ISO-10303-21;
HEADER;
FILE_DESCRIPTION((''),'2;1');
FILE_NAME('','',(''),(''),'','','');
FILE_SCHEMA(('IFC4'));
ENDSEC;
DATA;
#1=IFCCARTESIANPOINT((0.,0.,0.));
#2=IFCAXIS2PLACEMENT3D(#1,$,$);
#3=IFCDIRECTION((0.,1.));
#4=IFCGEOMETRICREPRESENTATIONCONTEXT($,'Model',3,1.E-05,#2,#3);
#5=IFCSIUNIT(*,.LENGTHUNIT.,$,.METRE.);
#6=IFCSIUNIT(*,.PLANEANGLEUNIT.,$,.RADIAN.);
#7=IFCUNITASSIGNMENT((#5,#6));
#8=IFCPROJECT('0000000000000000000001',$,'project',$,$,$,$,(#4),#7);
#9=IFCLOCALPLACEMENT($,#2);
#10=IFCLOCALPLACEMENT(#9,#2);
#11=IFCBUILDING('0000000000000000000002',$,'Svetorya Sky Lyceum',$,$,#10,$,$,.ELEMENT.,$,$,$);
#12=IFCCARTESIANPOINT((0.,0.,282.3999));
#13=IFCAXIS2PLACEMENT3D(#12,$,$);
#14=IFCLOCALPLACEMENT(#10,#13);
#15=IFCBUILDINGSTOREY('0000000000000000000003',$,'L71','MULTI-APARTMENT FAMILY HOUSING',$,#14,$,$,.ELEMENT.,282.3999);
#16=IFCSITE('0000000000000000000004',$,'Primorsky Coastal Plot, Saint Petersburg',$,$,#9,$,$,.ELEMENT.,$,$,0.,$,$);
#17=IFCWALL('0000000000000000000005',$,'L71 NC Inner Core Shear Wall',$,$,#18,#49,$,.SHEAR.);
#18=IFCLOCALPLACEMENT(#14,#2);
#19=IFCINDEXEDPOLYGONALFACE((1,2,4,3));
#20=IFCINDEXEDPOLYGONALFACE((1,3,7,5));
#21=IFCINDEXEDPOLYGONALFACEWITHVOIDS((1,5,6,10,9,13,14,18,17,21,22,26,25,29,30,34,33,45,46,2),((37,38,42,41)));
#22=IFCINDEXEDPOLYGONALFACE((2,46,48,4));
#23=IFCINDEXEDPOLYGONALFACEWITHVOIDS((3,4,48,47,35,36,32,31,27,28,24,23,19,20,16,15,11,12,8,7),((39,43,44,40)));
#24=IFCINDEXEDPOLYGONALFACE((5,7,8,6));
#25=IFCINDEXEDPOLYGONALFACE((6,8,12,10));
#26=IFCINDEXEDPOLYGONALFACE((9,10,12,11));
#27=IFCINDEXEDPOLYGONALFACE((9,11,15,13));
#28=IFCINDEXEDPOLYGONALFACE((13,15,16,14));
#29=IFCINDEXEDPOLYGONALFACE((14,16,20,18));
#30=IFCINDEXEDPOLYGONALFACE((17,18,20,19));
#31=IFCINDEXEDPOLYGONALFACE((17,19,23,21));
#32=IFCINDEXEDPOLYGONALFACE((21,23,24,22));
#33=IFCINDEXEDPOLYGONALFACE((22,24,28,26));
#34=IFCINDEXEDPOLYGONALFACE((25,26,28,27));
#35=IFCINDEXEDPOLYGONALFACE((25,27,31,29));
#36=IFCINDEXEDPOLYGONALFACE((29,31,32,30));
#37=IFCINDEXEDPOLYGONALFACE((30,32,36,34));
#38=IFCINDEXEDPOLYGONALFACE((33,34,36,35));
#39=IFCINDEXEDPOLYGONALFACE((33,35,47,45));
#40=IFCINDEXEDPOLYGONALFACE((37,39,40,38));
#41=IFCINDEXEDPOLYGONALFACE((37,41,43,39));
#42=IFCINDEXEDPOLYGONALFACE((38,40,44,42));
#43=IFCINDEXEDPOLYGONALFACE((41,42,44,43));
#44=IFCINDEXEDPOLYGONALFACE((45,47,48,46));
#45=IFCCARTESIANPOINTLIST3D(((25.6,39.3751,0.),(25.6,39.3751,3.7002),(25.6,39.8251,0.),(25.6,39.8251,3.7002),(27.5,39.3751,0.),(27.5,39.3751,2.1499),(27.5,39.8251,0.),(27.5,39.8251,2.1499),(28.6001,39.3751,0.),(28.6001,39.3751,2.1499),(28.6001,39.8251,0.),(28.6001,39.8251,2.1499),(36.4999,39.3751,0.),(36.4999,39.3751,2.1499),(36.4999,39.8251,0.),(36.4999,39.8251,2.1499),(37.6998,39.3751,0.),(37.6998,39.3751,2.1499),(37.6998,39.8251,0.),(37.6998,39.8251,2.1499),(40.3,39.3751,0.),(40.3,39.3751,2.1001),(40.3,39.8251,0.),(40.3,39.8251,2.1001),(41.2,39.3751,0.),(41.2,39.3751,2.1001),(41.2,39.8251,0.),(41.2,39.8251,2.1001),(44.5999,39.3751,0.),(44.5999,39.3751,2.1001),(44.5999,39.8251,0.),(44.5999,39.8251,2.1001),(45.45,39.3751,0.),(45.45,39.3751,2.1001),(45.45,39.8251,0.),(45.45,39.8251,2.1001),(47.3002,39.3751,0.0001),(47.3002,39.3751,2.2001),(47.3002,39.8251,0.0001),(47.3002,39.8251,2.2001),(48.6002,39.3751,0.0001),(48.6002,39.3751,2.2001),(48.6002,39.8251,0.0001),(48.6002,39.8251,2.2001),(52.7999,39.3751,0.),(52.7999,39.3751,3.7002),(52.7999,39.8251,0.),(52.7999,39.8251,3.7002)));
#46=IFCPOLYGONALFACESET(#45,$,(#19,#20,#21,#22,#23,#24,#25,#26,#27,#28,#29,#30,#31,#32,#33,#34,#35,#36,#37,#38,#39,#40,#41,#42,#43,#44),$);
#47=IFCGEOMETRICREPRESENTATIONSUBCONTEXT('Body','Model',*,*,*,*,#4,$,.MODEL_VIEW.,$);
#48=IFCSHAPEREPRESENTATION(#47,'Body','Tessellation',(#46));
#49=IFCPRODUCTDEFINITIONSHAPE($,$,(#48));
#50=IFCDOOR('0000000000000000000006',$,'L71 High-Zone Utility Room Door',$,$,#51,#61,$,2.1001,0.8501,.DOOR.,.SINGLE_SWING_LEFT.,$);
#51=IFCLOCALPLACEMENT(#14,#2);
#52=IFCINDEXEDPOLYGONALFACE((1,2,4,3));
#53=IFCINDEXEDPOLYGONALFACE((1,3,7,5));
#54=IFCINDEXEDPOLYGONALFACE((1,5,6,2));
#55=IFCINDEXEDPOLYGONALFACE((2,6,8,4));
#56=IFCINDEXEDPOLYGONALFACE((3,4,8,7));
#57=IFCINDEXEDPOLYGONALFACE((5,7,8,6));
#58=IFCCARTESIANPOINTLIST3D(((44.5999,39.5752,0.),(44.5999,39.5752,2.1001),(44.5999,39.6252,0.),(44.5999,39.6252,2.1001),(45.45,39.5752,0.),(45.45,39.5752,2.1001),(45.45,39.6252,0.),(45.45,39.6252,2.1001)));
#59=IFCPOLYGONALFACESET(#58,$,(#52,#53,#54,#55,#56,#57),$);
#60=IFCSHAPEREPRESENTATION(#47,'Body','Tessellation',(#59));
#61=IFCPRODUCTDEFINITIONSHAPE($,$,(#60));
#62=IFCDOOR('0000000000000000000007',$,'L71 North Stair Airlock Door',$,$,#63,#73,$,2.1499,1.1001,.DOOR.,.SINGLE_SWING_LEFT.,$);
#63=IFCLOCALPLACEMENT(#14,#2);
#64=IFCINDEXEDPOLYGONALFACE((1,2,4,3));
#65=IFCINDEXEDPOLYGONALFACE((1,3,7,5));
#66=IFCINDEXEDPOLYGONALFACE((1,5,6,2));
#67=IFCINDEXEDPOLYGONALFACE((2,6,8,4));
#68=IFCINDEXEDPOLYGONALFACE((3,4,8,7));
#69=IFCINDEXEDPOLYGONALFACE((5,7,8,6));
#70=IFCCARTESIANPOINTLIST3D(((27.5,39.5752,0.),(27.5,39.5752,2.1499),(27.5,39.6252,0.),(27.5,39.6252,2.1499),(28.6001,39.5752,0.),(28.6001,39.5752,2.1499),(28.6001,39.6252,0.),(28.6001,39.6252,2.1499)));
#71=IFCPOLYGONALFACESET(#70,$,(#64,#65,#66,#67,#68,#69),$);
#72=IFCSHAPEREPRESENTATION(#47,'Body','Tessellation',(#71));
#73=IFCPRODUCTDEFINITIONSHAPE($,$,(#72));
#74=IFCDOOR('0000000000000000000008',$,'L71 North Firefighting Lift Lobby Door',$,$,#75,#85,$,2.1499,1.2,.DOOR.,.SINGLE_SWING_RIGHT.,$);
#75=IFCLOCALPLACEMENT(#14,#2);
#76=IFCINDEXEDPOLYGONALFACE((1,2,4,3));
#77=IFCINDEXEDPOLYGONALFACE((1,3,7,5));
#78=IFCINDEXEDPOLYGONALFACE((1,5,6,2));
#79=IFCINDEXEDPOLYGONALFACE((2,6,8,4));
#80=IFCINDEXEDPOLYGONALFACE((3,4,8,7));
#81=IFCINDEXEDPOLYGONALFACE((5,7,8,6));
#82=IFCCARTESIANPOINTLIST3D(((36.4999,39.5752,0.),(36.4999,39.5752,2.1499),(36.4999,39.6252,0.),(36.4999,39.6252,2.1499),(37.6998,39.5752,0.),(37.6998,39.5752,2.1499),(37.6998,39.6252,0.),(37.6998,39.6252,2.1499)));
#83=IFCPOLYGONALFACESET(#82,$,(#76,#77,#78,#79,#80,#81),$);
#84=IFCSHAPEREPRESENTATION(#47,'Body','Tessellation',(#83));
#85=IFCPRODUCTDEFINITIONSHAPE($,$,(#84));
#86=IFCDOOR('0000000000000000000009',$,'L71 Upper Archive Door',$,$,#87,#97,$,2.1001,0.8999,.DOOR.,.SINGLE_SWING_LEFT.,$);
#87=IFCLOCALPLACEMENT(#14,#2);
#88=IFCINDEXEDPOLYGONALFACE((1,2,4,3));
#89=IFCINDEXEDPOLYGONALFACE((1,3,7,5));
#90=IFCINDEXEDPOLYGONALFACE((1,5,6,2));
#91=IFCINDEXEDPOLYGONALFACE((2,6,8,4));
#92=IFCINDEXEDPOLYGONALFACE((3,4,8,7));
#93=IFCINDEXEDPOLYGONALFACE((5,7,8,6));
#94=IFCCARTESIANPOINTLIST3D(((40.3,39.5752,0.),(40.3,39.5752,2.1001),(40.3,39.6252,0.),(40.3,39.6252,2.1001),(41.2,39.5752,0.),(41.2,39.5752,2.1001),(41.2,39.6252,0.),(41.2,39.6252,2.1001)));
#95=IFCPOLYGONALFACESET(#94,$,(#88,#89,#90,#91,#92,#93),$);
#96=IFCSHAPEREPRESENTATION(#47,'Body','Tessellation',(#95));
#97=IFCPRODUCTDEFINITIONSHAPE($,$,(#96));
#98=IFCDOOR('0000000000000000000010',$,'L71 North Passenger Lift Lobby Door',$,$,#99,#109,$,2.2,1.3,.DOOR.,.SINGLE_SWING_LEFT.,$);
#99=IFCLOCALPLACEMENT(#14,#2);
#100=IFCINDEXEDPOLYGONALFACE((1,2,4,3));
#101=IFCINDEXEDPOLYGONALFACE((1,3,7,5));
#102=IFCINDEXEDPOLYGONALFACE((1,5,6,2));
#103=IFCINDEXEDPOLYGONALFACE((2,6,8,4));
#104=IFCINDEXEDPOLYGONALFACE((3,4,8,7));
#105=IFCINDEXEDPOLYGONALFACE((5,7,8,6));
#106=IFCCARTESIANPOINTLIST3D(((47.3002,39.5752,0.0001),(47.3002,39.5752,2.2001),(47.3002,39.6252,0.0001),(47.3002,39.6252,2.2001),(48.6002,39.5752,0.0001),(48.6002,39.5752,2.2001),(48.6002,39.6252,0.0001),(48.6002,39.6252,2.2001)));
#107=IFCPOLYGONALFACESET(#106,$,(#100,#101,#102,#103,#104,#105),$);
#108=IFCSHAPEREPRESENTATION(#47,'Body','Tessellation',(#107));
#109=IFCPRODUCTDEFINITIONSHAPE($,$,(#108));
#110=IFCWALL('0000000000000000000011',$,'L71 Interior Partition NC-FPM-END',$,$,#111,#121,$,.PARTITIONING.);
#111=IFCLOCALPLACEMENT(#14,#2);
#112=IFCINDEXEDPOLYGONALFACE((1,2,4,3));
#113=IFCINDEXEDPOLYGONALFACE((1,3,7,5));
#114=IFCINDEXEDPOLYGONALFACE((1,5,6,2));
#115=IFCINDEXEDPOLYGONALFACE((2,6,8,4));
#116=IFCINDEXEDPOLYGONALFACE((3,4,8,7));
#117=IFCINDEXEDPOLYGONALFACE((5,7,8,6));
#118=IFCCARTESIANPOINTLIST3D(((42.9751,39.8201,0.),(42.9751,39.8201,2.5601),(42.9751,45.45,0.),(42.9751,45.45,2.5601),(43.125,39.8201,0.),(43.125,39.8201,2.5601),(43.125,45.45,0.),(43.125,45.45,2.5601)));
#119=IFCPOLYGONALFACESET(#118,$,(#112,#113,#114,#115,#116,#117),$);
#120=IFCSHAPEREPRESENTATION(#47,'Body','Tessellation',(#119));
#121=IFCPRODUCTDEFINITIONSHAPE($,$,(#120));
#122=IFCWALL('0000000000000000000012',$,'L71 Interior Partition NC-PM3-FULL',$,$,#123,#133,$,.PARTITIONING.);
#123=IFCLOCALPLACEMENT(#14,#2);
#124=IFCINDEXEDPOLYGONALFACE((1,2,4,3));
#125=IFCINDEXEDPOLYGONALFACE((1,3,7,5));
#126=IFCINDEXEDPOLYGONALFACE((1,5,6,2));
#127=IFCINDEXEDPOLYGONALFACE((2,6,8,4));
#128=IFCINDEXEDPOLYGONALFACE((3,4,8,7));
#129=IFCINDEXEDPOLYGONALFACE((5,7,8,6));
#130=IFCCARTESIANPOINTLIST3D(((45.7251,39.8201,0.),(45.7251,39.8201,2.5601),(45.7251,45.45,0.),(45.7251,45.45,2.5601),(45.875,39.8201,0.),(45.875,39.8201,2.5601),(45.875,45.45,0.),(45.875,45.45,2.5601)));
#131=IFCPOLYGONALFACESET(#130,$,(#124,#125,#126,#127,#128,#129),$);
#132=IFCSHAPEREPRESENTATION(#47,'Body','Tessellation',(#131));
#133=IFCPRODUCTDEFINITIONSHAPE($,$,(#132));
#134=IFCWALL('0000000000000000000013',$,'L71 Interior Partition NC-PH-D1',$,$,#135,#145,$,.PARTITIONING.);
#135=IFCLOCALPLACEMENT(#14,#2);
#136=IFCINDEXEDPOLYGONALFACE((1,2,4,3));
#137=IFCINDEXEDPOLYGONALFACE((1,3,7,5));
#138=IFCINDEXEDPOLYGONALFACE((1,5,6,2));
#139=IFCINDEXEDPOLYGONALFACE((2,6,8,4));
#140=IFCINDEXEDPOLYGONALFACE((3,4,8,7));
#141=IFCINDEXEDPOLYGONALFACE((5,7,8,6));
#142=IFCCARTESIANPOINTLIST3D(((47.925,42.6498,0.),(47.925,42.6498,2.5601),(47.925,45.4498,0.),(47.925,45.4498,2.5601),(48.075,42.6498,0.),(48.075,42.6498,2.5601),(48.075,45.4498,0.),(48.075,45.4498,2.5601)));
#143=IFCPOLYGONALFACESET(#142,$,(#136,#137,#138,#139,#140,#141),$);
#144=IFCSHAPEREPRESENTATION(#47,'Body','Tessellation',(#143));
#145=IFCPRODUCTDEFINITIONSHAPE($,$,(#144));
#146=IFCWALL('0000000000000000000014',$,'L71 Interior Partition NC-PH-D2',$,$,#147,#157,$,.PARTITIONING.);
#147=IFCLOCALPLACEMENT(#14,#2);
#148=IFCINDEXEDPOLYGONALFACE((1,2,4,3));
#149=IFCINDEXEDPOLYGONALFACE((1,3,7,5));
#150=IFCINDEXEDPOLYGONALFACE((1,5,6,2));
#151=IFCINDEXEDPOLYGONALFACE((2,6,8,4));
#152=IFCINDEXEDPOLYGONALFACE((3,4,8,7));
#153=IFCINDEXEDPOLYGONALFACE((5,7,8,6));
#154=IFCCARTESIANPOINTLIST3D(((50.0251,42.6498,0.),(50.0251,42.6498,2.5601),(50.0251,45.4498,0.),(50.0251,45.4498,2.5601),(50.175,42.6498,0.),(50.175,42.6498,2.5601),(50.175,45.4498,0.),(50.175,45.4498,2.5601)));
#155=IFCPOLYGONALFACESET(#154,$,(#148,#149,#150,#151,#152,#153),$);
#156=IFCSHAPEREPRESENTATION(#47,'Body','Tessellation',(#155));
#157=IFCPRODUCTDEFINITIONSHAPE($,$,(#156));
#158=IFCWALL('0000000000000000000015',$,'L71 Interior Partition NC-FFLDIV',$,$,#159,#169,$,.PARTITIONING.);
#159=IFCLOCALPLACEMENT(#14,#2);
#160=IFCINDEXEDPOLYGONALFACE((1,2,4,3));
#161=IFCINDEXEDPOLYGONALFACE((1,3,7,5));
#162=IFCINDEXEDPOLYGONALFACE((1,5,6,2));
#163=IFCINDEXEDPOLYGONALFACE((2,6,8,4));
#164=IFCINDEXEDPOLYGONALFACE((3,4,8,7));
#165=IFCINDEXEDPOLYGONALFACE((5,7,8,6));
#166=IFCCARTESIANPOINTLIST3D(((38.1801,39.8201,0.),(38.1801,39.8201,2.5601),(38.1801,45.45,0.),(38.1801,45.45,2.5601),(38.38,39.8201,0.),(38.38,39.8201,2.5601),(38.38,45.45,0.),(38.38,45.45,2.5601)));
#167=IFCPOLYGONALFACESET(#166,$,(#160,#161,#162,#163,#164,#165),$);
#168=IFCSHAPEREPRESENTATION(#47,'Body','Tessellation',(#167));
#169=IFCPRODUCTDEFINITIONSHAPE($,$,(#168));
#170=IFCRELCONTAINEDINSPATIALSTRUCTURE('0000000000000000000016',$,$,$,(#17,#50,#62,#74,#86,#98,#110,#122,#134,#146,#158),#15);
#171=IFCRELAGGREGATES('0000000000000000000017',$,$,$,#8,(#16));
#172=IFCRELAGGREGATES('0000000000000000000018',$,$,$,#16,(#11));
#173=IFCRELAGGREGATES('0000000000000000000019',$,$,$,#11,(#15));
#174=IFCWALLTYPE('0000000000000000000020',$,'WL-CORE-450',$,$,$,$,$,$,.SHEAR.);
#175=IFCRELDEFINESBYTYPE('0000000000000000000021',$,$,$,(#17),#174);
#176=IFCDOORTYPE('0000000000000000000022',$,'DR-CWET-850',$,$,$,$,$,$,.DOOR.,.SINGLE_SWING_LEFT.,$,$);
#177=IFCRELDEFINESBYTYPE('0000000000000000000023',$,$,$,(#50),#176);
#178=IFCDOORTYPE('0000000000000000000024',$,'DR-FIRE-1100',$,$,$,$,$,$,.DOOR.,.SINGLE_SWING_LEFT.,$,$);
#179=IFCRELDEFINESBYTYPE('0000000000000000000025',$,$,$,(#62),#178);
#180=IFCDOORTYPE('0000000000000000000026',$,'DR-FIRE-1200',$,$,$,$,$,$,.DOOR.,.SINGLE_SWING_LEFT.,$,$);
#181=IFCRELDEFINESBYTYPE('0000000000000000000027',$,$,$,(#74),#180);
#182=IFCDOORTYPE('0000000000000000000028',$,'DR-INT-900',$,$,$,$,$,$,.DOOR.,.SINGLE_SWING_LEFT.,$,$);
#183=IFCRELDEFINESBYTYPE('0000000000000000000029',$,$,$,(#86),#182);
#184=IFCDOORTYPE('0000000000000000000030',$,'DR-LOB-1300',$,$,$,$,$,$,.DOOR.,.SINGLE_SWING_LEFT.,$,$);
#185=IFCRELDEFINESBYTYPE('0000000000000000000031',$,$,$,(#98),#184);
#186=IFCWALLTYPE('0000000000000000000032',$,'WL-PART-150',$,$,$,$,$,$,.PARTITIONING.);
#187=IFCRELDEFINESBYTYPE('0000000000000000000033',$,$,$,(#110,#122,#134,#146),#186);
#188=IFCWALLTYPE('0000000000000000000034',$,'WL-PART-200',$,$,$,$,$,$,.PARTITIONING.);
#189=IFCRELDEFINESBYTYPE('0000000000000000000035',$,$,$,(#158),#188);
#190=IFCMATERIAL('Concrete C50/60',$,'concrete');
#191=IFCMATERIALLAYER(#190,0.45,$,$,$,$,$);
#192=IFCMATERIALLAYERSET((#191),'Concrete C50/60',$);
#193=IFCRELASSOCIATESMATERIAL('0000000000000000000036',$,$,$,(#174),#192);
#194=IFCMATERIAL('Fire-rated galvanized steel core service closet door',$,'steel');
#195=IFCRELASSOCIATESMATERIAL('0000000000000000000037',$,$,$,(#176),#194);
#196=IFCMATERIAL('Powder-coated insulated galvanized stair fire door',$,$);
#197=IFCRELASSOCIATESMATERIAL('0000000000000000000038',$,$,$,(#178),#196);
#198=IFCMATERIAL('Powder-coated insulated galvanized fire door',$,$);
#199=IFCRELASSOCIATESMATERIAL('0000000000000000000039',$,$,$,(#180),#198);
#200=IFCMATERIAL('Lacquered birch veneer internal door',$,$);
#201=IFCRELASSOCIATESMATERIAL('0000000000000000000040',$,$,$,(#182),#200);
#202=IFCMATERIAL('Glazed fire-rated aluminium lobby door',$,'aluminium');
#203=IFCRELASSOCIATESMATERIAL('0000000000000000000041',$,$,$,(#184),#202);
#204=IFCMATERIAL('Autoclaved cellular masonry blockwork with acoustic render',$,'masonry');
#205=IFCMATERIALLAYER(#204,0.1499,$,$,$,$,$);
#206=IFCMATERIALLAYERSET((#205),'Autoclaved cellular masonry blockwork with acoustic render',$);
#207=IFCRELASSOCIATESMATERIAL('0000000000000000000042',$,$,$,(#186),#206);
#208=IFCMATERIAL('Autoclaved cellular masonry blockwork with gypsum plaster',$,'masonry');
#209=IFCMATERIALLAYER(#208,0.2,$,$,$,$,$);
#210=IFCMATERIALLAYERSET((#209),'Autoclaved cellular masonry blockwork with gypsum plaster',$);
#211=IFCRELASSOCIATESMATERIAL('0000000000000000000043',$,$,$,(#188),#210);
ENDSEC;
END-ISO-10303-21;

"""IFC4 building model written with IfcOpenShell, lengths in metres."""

from ifc_helpers import new_model, si_unit, direction, frame, frame_2d, origin, place, context, subcontext, project, spatial, rectangle, extrude, material, layer, layer_set, type_object, element, fill, save


model = new_model("IFC4")

# Units and contexts
model_context = context("Model", 3, precision=1e-05, world=origin(), true_north=direction((0.0, 1.0)))
body_context = subcontext(model_context, "Body", "Model", "MODEL_VIEW")
ifc_project = project(units=[si_unit("LENGTHUNIT", "METRE"), si_unit("PLANEANGLEUNIT", "RADIAN")], contexts=[model_context])

# Site, building, storey
site_placement = place(None, origin())
site = spatial("IfcSite", under=ifc_project, at=site_placement, Name="Primorsky Coastal Plot, Saint Petersburg", CompositionType="ELEMENT", RefElevation=0.0)
building_placement = place(site_placement, origin())
building = spatial("IfcBuilding", under=site, at=building_placement, Name="Svetorya Sky Lyceum", CompositionType="ELEMENT")
storey_placement = place(building_placement, frame((0.0, 0.0, 282.3999)))
storey = spatial("IfcBuildingStorey", under=building, at=storey_placement, Name="L71", Description="MULTI-APARTMENT FAMILY HOUSING", CompositionType="ELEMENT", Elevation=282.3999)

# Wall, openings, doors
ifc_material_1 = material(Name="Concrete C50/60", Category="concrete")
ifc_layer_1 = layer(ifc_material_1, 0.45)
ifc_layer_set_1 = layer_set([ifc_layer_1], Name="Concrete C50/60")
wall_type_1 = type_object("IfcWallType", Name="WL-CORE-450", PredefinedType="SHEAR", material=ifc_layer_set_1)
wall_1_placement = place(storey_placement, frame((52.8, 39.6001, 0.0), z_axis=(0.0, 0.0, 1.0), x_axis=(-1.0, 0.0, 0.0)))
wall_1 = element("IfcWall", 1, at=wall_1_placement, inside=storey, type_object=wall_type_1, Name="L71 NC Inner Core Shear Wall", PredefinedType="SHEAR", context=body_context, shape_type="SweptSolid", body=[
    extrude(rectangle(XDim=27.2, YDim=0.45, at=frame_2d((13.6001, 0.0))), origin(), (0.0, 0.0, 1.0), 3.7002),
])
opening_1_placement = place(wall_1_placement, frame((24.2, 0.0, 0.0)))
opening_1 = element("IfcOpeningElement", 2, at=opening_1_placement, cuts=wall_1, PredefinedType="OPENING", context=body_context, shape_type="SweptSolid", body=[
    extrude(rectangle(XDim=1.1001, YDim=2.1499, at=frame_2d((0.55, 1.075))), frame((0.0, 0.2349, 0.0), z_axis=(0.0, -1.0, 0.0), x_axis=(1.0, 0.0, 0.0)), (0.0, 0.0, 1.0), 0.47),
])
opening_2_placement = place(wall_1_placement, frame((15.1001, 0.0, 0.0)))
opening_2 = element("IfcOpeningElement", 3, at=opening_2_placement, cuts=wall_1, PredefinedType="OPENING", context=body_context, shape_type="SweptSolid", body=[
    extrude(rectangle(XDim=1.2, YDim=2.1499, at=frame_2d((0.6001, 1.075))), frame((0.0, 0.2349, 0.0), z_axis=(0.0, -1.0, 0.0), x_axis=(1.0, 0.0, 0.0)), (0.0, 0.0, 1.0), 0.47),
])
opening_3_placement = place(wall_1_placement, frame((11.6001, 0.0, 0.0)))
opening_3 = element("IfcOpeningElement", 4, at=opening_3_placement, cuts=wall_1, PredefinedType="OPENING", context=body_context, shape_type="SweptSolid", body=[
    extrude(rectangle(XDim=0.8999, YDim=2.1001, at=frame_2d((0.45, 1.05))), frame((0.0, 0.2349, 0.0), z_axis=(0.0, -1.0, 0.0), x_axis=(1.0, 0.0, 0.0)), (0.0, 0.0, 1.0), 0.47),
])
opening_4_placement = place(wall_1_placement, frame((7.3501, 0.0, 0.0)))
opening_4 = element("IfcOpeningElement", 5, at=opening_4_placement, cuts=wall_1, PredefinedType="OPENING", context=body_context, shape_type="SweptSolid", body=[
    extrude(rectangle(XDim=0.8501, YDim=2.1001, at=frame_2d((0.425, 1.05))), frame((0.0, 0.2349, 0.0), z_axis=(0.0, -1.0, 0.0), x_axis=(1.0, 0.0, 0.0)), (0.0, 0.0, 1.0), 0.47),
])
opening_5_placement = place(wall_1_placement, frame((4.2, 0.0, 0.0)))
opening_5 = element("IfcOpeningElement", 6, at=opening_5_placement, cuts=wall_1, PredefinedType="OPENING", context=body_context, shape_type="SweptSolid", body=[
    extrude(rectangle(XDim=1.3, YDim=2.2, at=frame_2d((0.6499, 1.1001))), frame((0.0, 0.2349, 0.0), z_axis=(0.0, -1.0, 0.0), x_axis=(1.0, 0.0, 0.0)), (0.0, 0.0, 1.0), 0.47),
])
ifc_material_2 = material(Name="Fire-rated galvanized steel core service closet door", Category="steel")
door_type_1 = type_object("IfcDoorType", Name="DR-CWET-850", OperationType="SINGLE_SWING_LEFT", PredefinedType="DOOR", material=ifc_material_2)
door_1_placement = place(opening_4_placement, origin())
door_1 = element("IfcDoor", 7, at=door_1_placement, inside=storey, type_object=door_type_1, Name="L71 High-Zone Utility Room Door", OperationType="SINGLE_SWING_LEFT", OverallHeight=2.1001, OverallWidth=0.8501, PredefinedType="DOOR", context=body_context, shape_type="SweptSolid", body=[
    extrude(rectangle(XDim=0.8501, YDim=2.1001, at=frame_2d((0.425, 1.05))), frame((0.0, 0.0249, 0.0), z_axis=(0.0, -1.0, 0.0), x_axis=(1.0, 0.0, 0.0)), (0.0, 0.0, 1.0), 0.05),
])
fill(opening_4, door_1)
ifc_material_3 = material(Name="Powder-coated insulated galvanized stair fire door")
door_type_2 = type_object("IfcDoorType", Name="DR-FIRE-1100", OperationType="SINGLE_SWING_LEFT", PredefinedType="DOOR", material=ifc_material_3)
door_2_placement = place(opening_1_placement, origin())
door_2 = element("IfcDoor", 8, at=door_2_placement, inside=storey, type_object=door_type_2, Name="L71 North Stair Airlock Door", OperationType="SINGLE_SWING_LEFT", OverallHeight=2.1499, OverallWidth=1.1001, PredefinedType="DOOR", context=body_context, shape_type="SweptSolid", body=[
    extrude(rectangle(XDim=1.1001, YDim=2.1499, at=frame_2d((0.55, 1.075))), frame((0.0, 0.0249, 0.0), z_axis=(0.0, -1.0, 0.0), x_axis=(1.0, 0.0, 0.0)), (0.0, 0.0, 1.0), 0.05),
])
fill(opening_1, door_2)
ifc_material_4 = material(Name="Powder-coated insulated galvanized fire door")
door_type_3 = type_object("IfcDoorType", Name="DR-FIRE-1200", OperationType="SINGLE_SWING_LEFT", PredefinedType="DOOR", material=ifc_material_4)
door_3_placement = place(opening_2_placement, origin())
door_3 = element("IfcDoor", 9, at=door_3_placement, inside=storey, type_object=door_type_3, Name="L71 North Firefighting Lift Lobby Door", OperationType="SINGLE_SWING_RIGHT", OverallHeight=2.1499, OverallWidth=1.2, PredefinedType="DOOR", context=body_context, shape_type="SweptSolid", body=[
    extrude(rectangle(XDim=1.2, YDim=2.1499, at=frame_2d((0.6001, 1.075))), frame((0.0, 0.0249, 0.0), z_axis=(0.0, -1.0, 0.0), x_axis=(1.0, 0.0, 0.0)), (0.0, 0.0, 1.0), 0.05),
])
fill(opening_2, door_3)
ifc_material_5 = material(Name="Lacquered birch veneer internal door")
door_type_4 = type_object("IfcDoorType", Name="DR-INT-900", OperationType="SINGLE_SWING_LEFT", PredefinedType="DOOR", material=ifc_material_5)
door_4_placement = place(opening_3_placement, origin())
door_4 = element("IfcDoor", 10, at=door_4_placement, inside=storey, type_object=door_type_4, Name="L71 Upper Archive Door", OperationType="SINGLE_SWING_LEFT", OverallHeight=2.1001, OverallWidth=0.8999, PredefinedType="DOOR", context=body_context, shape_type="SweptSolid", body=[
    extrude(rectangle(XDim=0.8999, YDim=2.1001, at=frame_2d((0.45, 1.05))), frame((0.0, 0.0249, 0.0), z_axis=(0.0, -1.0, 0.0), x_axis=(1.0, 0.0, 0.0)), (0.0, 0.0, 1.0), 0.05),
])
fill(opening_3, door_4)
ifc_material_6 = material(Name="Glazed fire-rated aluminium lobby door", Category="aluminium")
door_type_5 = type_object("IfcDoorType", Name="DR-LOB-1300", OperationType="SINGLE_SWING_LEFT", PredefinedType="DOOR", material=ifc_material_6)
door_5_placement = place(opening_5_placement, origin())
door_5 = element("IfcDoor", 11, at=door_5_placement, inside=storey, type_object=door_type_5, Name="L71 North Passenger Lift Lobby Door", OperationType="SINGLE_SWING_LEFT", OverallHeight=2.2, OverallWidth=1.3, PredefinedType="DOOR", context=body_context, shape_type="SweptSolid", body=[
    extrude(rectangle(XDim=1.3, YDim=2.2, at=frame_2d((0.6499, 1.1001))), frame((0.0, 0.0249, 0.0), z_axis=(0.0, -1.0, 0.0), x_axis=(1.0, 0.0, 0.0)), (0.0, 0.0, 1.0), 0.05),
])
fill(opening_5, door_5)

# Walls
ifc_material_7 = material(Name="Autoclaved cellular masonry blockwork with acoustic render", Category="masonry")
ifc_layer_2 = layer(ifc_material_7, 0.1499)
ifc_layer_set_2 = layer_set([ifc_layer_2], Name="Autoclaved cellular masonry blockwork with acoustic render")
wall_type_2 = type_object("IfcWallType", Name="WL-PART-150", PredefinedType="PARTITIONING", material=ifc_layer_set_2)
for number, where, z_axis, x_axis, name in (
    (12, (43.05, 39.8201, 0.0), (0.0, 0.0, 1.0), (0.0, 1.0, 0.0), "L71 Interior Partition NC-FPM-END"),
    (13, (45.8, 39.8201, 0.0), (0.0, 0.0, 1.0), (0.0, 1.0, 0.0), "L71 Interior Partition NC-PM3-FULL"),
):
    element("IfcWall", number, at=place(storey_placement, frame(where, z_axis=z_axis, x_axis=x_axis)), inside=storey, type_object=wall_type_2, Name=name, PredefinedType="PARTITIONING", context=body_context, shape_type="SweptSolid", body=[
        extrude(rectangle(XDim=5.6299, YDim=0.1499, at=frame_2d((2.8149, 0.0))), origin(), (0.0, 0.0, 1.0), 2.5601),
    ])
for number, where, z_axis, x_axis, name in (
    (14, (48.0, 42.6499, 0.0), (0.0, 0.0, 1.0), (0.0, 1.0, 0.0), "L71 Interior Partition NC-PH-D1"),
    (15, (50.1001, 42.6499, 0.0), (0.0, 0.0, 1.0), (0.0, 1.0, 0.0), "L71 Interior Partition NC-PH-D2"),
):
    element("IfcWall", number, at=place(storey_placement, frame(where, z_axis=z_axis, x_axis=x_axis)), inside=storey, type_object=wall_type_2, Name=name, PredefinedType="PARTITIONING", context=body_context, shape_type="SweptSolid", body=[
        extrude(rectangle(XDim=2.8, YDim=0.1499, at=frame_2d((1.3999, 0.0))), origin(), (0.0, 0.0, 1.0), 2.5601),
    ])
ifc_material_8 = material(Name="Autoclaved cellular masonry blockwork with gypsum plaster", Category="masonry")
ifc_layer_3 = layer(ifc_material_8, 0.2)
ifc_layer_set_3 = layer_set([ifc_layer_3], Name="Autoclaved cellular masonry blockwork with gypsum plaster")
wall_type_3 = type_object("IfcWallType", Name="WL-PART-200", PredefinedType="PARTITIONING", material=ifc_layer_set_3)
wall_2_placement = place(storey_placement, frame((38.28, 39.8201, 0.0), z_axis=(0.0, 0.0, 1.0), x_axis=(0.0, 1.0, 0.0)))
element("IfcWall", 16, at=wall_2_placement, inside=storey, type_object=wall_type_3, Name="L71 Interior Partition NC-FFLDIV", PredefinedType="PARTITIONING", context=body_context, shape_type="SweptSolid", body=[
    extrude(rectangle(XDim=5.6299, YDim=0.2, at=frame_2d((2.8149, 0.0))), origin(), (0.0, 0.0, 1.0), 2.5601),
])

save(model, "model.ifc")
